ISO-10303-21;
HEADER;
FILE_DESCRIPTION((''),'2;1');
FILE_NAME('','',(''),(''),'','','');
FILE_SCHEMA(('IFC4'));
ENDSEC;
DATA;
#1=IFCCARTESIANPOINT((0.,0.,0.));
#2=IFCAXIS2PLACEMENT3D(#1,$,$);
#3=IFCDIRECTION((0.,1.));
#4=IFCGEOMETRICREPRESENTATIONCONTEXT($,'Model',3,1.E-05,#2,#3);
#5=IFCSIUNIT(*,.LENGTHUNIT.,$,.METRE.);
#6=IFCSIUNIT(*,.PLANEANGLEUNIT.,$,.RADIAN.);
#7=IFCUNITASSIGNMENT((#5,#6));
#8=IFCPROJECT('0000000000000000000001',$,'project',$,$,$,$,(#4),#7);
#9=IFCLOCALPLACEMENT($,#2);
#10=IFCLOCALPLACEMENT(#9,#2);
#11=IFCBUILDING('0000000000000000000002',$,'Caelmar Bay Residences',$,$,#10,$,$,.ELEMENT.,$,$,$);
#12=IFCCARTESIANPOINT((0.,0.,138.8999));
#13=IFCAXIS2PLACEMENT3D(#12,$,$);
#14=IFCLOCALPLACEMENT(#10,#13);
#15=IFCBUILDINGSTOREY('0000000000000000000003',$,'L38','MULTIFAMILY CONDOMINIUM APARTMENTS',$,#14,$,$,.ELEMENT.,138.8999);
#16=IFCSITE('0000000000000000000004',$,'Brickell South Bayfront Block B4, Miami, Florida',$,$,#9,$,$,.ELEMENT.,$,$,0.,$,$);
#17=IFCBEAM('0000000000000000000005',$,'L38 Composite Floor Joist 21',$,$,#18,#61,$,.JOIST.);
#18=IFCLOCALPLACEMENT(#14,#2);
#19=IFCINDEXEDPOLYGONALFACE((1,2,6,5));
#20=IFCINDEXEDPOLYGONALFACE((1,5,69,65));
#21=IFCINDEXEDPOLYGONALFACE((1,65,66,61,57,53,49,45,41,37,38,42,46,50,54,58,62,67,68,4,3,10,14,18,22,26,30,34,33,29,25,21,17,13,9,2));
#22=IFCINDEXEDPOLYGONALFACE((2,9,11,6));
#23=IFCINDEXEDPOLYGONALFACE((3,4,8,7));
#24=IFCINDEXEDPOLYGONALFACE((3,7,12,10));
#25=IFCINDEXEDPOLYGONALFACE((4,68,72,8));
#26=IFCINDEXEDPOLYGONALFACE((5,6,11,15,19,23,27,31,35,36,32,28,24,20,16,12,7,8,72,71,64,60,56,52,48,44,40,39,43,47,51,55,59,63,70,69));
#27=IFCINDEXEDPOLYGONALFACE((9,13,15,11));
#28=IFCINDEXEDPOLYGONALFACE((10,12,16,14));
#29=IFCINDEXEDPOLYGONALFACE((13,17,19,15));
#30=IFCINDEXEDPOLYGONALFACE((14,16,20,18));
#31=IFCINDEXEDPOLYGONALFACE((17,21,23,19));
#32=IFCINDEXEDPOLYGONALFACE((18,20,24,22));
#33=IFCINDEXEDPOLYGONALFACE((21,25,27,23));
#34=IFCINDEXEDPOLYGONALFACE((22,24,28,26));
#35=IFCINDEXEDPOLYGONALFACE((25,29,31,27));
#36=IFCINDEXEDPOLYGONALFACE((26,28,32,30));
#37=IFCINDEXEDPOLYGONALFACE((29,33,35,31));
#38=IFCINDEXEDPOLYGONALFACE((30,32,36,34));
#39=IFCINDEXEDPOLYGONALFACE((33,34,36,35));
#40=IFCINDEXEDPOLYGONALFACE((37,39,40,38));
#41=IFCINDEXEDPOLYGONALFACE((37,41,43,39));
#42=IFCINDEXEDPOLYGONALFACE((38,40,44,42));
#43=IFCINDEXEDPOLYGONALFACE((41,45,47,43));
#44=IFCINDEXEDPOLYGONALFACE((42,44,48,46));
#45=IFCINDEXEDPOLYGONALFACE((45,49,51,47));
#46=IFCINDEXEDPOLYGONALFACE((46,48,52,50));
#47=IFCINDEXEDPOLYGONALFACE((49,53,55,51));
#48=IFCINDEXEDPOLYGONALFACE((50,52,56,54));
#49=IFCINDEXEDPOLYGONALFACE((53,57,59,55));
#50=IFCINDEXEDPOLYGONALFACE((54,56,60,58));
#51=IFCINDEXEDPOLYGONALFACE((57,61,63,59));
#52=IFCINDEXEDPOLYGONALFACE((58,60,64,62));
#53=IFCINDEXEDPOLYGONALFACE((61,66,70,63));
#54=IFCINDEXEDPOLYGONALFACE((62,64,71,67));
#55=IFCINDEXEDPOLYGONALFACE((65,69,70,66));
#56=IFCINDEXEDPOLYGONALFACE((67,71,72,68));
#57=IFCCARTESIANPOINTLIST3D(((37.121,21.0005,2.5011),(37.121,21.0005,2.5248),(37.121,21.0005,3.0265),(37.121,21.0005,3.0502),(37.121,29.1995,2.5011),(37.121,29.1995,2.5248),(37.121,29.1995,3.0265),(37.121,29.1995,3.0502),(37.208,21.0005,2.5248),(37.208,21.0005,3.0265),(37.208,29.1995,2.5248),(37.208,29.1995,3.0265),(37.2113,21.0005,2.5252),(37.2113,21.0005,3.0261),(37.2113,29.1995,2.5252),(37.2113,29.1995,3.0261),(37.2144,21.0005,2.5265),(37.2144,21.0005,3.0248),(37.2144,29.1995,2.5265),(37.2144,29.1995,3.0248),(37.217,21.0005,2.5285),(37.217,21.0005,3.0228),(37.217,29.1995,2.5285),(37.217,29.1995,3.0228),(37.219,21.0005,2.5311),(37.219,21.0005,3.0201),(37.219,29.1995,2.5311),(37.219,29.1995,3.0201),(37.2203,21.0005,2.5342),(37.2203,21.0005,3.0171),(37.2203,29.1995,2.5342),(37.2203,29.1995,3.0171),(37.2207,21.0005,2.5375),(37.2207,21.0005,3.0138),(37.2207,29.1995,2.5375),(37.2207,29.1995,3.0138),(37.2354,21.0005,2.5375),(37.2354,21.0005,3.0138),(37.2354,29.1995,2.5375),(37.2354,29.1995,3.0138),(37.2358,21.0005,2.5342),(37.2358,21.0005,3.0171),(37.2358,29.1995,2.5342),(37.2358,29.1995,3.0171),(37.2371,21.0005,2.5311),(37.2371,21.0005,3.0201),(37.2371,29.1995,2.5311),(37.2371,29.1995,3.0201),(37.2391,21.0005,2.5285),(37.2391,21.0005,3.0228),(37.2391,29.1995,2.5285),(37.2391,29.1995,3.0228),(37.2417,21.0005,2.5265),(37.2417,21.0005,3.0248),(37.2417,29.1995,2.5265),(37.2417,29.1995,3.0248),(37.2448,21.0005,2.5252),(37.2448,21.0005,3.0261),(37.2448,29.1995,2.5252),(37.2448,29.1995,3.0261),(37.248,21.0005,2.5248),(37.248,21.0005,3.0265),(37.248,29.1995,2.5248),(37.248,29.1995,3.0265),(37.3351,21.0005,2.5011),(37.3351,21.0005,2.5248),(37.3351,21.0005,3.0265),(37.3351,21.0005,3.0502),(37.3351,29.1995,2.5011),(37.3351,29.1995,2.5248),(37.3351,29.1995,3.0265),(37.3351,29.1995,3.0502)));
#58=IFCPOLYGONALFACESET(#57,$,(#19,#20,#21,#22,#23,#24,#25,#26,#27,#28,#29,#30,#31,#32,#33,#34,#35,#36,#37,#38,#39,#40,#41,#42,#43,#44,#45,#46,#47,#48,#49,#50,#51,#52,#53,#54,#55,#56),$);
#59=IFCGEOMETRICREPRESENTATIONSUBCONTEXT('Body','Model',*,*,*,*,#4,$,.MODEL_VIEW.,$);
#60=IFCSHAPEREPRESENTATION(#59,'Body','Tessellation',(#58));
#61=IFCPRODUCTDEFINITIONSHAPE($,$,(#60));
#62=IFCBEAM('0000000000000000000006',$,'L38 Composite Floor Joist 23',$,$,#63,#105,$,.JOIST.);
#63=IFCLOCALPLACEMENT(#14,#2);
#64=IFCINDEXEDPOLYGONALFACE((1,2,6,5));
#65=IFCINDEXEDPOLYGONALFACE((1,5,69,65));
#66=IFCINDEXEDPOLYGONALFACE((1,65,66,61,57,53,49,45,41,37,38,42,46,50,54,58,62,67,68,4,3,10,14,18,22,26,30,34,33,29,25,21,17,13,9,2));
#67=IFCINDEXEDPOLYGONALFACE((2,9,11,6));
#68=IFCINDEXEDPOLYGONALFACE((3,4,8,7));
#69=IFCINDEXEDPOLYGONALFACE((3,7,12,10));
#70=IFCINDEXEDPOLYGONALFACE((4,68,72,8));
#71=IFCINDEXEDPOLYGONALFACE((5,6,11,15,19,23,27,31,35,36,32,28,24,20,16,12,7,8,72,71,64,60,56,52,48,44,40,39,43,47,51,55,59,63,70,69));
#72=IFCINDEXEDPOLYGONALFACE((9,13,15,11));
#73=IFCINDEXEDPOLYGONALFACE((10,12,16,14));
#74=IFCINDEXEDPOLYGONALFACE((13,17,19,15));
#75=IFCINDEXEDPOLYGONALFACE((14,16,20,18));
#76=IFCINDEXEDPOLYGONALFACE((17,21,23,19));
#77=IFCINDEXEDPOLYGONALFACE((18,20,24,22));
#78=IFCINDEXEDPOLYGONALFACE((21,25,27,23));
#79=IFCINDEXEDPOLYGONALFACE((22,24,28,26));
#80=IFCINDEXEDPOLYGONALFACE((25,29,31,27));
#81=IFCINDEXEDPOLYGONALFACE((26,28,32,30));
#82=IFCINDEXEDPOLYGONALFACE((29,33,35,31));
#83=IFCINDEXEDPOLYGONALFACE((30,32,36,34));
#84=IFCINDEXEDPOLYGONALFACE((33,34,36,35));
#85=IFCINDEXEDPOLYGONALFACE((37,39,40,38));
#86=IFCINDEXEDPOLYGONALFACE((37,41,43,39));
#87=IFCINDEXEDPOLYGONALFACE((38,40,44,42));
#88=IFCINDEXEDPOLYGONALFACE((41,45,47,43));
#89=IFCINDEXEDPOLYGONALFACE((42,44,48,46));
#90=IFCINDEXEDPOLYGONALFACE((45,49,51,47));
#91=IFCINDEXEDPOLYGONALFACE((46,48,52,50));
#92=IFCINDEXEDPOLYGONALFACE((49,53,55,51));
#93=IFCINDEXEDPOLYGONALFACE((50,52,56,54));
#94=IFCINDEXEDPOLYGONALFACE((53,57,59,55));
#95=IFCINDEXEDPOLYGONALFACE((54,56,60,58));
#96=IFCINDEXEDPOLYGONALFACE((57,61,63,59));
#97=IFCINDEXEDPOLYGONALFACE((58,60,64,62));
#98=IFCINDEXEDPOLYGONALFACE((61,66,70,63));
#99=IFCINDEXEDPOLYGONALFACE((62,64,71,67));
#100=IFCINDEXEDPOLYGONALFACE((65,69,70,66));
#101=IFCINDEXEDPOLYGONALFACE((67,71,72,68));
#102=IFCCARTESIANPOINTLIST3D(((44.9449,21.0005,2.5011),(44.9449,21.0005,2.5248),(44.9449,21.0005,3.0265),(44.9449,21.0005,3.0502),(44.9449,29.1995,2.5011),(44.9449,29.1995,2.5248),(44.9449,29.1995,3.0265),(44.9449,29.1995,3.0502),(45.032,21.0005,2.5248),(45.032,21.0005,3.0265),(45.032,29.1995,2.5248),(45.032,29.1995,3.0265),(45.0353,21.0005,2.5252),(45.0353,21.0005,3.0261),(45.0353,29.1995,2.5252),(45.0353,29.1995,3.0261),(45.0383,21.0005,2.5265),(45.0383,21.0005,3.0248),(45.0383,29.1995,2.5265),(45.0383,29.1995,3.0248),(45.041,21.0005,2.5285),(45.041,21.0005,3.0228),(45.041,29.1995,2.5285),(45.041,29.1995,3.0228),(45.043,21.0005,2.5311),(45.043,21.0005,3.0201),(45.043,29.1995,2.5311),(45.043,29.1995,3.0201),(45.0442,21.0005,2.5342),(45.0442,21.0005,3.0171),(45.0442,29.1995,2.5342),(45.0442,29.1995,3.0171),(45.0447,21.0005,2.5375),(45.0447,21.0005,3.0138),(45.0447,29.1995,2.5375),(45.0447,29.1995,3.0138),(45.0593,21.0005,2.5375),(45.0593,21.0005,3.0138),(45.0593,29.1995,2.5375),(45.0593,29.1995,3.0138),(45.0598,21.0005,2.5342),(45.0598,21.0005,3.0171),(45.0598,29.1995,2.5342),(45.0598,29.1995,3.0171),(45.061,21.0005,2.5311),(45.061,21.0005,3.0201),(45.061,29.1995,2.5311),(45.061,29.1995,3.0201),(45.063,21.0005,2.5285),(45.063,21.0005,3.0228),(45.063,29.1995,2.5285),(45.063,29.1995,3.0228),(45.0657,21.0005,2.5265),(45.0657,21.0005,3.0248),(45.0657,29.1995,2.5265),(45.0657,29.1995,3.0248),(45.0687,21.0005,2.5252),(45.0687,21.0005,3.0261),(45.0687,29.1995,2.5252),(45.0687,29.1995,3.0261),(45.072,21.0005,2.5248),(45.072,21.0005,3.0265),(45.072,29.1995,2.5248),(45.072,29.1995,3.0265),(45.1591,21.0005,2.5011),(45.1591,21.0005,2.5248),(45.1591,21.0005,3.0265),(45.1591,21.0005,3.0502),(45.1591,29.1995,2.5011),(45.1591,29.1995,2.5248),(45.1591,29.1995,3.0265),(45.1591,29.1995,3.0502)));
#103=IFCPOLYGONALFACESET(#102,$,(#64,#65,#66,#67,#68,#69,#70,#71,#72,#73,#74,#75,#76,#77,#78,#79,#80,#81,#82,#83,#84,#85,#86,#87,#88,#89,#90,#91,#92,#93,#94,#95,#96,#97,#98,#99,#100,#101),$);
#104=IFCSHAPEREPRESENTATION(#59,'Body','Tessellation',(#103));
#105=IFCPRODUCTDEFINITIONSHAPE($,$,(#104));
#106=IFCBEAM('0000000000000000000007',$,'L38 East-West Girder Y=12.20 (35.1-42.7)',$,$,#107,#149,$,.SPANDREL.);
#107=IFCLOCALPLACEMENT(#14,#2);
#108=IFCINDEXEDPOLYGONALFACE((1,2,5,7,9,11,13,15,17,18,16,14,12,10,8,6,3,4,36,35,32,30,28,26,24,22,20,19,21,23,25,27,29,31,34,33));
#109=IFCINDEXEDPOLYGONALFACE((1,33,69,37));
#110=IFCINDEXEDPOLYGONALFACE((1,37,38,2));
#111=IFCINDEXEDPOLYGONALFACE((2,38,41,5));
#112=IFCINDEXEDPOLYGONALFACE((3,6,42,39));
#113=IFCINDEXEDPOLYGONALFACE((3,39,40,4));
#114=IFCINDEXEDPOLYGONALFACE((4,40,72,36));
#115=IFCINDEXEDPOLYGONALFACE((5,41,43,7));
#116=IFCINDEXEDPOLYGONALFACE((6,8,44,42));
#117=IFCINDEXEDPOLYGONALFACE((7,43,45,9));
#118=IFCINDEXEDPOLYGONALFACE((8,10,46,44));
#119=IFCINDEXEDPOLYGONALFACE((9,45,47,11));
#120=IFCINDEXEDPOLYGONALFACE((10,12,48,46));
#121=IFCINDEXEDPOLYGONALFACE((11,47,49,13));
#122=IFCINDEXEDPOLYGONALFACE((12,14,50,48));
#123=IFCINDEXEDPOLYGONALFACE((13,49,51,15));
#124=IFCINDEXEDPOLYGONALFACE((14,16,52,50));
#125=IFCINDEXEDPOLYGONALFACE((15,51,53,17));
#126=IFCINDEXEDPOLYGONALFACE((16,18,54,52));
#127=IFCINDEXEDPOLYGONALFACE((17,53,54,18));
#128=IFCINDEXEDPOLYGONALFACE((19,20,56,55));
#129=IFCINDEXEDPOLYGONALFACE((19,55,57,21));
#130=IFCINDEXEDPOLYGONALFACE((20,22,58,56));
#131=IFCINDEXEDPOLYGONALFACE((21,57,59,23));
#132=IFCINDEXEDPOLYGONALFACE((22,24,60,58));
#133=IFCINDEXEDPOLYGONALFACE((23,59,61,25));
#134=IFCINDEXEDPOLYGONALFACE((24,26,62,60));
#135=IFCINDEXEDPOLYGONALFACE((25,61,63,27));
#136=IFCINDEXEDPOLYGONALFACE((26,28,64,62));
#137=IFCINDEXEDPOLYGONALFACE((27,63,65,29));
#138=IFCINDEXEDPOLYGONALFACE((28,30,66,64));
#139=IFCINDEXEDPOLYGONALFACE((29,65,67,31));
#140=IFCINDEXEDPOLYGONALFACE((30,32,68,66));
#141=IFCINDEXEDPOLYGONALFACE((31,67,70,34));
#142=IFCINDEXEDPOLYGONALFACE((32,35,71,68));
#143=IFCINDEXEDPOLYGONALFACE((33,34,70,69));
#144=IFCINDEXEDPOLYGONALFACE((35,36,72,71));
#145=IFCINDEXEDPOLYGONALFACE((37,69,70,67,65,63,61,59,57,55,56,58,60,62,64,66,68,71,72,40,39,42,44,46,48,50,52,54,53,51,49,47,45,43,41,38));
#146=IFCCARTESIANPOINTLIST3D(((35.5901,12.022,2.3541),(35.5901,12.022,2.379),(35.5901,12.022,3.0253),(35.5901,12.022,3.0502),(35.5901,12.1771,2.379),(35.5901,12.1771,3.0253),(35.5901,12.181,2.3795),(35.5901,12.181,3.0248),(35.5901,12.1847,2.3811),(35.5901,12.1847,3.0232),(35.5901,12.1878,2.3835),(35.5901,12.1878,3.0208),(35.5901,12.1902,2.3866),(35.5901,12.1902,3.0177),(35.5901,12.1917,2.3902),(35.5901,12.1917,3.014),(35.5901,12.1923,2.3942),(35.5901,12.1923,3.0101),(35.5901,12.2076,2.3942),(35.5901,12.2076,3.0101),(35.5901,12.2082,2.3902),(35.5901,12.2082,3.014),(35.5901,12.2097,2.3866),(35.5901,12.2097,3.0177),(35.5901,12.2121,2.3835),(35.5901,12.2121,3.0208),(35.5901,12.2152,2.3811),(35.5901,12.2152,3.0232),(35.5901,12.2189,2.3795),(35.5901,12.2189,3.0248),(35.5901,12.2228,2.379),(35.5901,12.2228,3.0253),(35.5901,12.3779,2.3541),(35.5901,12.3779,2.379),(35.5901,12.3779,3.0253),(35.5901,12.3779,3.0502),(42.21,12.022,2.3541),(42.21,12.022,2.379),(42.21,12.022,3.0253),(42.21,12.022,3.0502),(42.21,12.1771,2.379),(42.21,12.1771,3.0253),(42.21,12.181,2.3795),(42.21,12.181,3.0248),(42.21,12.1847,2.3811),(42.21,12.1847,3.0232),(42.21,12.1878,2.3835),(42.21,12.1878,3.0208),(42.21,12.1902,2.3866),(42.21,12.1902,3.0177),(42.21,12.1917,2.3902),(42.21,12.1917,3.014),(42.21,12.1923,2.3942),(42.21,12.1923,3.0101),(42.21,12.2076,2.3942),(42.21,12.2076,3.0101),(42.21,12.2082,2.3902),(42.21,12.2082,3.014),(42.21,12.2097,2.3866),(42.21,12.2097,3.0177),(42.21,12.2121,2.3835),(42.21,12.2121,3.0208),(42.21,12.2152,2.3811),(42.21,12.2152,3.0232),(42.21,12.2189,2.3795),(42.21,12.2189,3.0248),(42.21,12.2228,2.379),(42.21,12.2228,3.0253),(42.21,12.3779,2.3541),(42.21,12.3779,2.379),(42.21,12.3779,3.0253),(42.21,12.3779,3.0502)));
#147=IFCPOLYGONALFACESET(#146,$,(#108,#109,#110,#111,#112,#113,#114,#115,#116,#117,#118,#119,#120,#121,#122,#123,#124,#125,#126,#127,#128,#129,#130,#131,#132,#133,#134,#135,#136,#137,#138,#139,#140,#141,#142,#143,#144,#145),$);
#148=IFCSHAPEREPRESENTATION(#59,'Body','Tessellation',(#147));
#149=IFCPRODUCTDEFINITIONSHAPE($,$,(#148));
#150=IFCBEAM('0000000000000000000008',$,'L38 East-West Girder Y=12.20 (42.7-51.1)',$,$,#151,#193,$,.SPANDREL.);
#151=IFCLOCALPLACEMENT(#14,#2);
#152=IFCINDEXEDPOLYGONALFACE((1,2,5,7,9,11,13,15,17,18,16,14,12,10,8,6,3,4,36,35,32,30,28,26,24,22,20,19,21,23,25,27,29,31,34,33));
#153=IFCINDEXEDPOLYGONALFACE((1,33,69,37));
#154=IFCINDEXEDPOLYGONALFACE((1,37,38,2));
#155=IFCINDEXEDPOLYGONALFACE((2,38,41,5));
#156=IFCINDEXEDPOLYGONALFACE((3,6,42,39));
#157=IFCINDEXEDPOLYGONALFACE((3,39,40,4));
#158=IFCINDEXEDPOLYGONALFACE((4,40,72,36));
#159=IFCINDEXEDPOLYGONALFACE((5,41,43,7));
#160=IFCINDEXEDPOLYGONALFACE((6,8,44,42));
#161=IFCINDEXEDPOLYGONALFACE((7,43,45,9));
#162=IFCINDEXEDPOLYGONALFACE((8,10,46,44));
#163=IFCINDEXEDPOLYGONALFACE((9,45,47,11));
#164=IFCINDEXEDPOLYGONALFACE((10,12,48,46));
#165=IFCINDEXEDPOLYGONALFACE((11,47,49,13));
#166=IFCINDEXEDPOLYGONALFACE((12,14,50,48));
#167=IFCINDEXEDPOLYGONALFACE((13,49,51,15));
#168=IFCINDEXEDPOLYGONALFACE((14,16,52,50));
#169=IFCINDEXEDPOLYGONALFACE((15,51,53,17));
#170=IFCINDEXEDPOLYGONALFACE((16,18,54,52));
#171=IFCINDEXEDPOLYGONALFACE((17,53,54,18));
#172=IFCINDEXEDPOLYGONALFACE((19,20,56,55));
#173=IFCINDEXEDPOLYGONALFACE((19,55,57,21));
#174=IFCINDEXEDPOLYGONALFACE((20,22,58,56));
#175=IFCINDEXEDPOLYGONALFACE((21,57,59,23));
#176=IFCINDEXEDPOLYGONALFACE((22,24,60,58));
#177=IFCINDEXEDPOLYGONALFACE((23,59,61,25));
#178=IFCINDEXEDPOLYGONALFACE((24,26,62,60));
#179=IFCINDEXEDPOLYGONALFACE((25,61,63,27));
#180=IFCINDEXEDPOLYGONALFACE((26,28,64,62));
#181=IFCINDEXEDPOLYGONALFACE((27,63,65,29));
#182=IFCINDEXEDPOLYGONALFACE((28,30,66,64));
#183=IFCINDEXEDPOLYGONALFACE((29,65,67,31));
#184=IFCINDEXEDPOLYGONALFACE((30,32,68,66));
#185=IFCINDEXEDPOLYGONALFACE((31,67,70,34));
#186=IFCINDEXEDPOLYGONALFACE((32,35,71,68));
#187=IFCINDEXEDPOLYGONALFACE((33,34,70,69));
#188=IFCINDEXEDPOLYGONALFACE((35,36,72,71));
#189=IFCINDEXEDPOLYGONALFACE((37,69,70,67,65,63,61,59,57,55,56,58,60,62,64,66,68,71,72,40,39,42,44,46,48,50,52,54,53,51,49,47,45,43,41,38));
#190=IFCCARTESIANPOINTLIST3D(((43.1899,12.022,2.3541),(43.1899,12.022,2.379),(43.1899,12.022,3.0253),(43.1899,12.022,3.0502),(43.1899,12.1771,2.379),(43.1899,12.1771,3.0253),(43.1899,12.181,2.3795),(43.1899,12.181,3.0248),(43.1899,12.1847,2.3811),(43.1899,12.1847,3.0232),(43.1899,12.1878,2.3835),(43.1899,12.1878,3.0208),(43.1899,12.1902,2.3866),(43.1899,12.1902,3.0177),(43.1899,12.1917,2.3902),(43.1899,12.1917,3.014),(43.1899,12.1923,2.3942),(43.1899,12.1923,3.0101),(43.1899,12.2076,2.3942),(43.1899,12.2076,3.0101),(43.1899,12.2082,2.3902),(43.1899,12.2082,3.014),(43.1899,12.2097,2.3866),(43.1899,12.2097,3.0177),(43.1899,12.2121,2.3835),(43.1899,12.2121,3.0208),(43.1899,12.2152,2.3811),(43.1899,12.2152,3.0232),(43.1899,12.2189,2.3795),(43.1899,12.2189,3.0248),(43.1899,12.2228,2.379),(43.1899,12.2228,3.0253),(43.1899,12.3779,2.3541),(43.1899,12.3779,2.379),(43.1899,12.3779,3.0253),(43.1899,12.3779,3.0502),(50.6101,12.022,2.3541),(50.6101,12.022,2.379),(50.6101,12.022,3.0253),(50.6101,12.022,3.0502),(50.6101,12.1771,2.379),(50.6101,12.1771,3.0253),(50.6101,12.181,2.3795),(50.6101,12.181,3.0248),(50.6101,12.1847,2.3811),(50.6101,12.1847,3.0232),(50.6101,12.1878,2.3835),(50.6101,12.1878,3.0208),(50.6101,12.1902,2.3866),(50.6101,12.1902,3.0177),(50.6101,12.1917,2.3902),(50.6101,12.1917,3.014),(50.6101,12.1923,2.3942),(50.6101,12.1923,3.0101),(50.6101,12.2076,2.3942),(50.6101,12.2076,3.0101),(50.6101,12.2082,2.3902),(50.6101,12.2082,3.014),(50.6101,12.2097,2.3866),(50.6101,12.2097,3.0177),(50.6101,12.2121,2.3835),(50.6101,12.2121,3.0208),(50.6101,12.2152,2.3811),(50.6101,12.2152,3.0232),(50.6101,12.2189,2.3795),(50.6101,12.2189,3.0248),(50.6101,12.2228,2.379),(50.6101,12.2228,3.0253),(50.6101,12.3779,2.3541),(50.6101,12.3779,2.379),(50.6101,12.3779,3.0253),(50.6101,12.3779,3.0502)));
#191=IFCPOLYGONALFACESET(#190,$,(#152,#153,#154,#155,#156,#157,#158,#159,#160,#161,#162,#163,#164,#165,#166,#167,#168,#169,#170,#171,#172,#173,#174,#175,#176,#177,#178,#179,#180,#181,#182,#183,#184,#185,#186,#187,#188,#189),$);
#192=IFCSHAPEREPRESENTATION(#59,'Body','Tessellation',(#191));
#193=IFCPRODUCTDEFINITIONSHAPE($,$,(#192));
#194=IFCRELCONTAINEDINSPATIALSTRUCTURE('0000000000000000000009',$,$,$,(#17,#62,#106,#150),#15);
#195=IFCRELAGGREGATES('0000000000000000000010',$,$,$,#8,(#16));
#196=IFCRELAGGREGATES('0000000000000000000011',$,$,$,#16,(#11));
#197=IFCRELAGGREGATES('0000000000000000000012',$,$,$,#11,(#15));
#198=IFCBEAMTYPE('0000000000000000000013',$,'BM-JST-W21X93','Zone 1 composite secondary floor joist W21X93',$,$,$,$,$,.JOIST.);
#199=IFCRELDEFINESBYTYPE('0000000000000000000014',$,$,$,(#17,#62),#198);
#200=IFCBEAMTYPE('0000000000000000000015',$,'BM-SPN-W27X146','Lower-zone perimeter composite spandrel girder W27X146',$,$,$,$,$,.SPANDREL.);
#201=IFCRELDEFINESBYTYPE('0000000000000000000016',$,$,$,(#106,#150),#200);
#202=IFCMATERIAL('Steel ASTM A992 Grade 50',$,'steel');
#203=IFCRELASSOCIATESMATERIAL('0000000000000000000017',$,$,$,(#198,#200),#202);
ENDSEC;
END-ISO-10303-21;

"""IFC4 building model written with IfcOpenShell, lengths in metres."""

from ifc_helpers import new_model, si_unit, direction, frame, origin, origin_2d, place, context, subcontext, project, spatial, i_section, extrude, material, material_profile, profile_set, type_object, element, save


model = new_model("IFC4")

# Units and contexts
model_context = context("Model", 3, precision=1e-05, world=origin(), true_north=direction((0.0, 1.0)))
body_context = subcontext(model_context, "Body", "Model", "MODEL_VIEW")
ifc_project = project(units=[si_unit("LENGTHUNIT", "METRE"), si_unit("PLANEANGLEUNIT", "RADIAN")], contexts=[model_context])

# Site, building, storey
site_placement = place(None, origin())
site = spatial("IfcSite", under=ifc_project, at=site_placement, Name="Brickell South Bayfront Block B4, Miami, Florida", CompositionType="ELEMENT", RefElevation=0.0)
building_placement = place(site_placement, origin())
building = spatial("IfcBuilding", under=site, at=building_placement, Name="Caelmar Bay Residences", CompositionType="ELEMENT")
storey_placement = place(building_placement, frame((0.0, 0.0, 138.8999)))
storey = spatial("IfcBuildingStorey", under=building, at=storey_placement, Name="L38", Description="MULTIFAMILY CONDOMINIUM APARTMENTS", CompositionType="ELEMENT", Elevation=138.8999)

# Beams
ifc_material_1 = material(Name="Steel ASTM A992 Grade 50", Category="steel")
ifc_material_profile_1 = material_profile(ifc_material_1, i_section(OverallWidth=0.2141, OverallDepth=0.5491, WebThickness=0.0146, FlangeThickness=0.0237, FilletRadius=0.0127, at=origin_2d()), Name="W21X93")
ifc_profile_set_1 = profile_set([ifc_material_profile_1], Name="Steel ASTM A992 Grade 50")
beam_type_1 = type_object("IfcBeamType", Name="BM-JST-W21X93", Description="Zone 1 composite secondary floor joist W21X93", PredefinedType="JOIST", material=ifc_profile_set_1)
for number, where, z_axis, x_axis, name in (
    (1, (37.228, 21.0005, 2.7756), (0.0, 1.0, 0.0), (-1.0, 0.0, 0.0), "L38 Composite Floor Joist 21"),
    (2, (45.052, 21.0005, 2.7756), (0.0, 1.0, 0.0), (-1.0, 0.0, 0.0), "L38 Composite Floor Joist 23"),
):
    element("IfcBeam", number, at=place(storey_placement, frame(where, z_axis=z_axis, x_axis=x_axis)), inside=storey, type_object=beam_type_1, Name=name, PredefinedType="JOIST", context=body_context, shape_type="SweptSolid", body=[
        extrude(i_section(OverallWidth=0.2141, OverallDepth=0.5491, WebThickness=0.0146, FlangeThickness=0.0237, FilletRadius=0.0127, at=origin_2d()), origin(), (0.0, 0.0, 1.0), 8.199),
    ])
ifc_material_profile_2 = material_profile(ifc_material_1, i_section(OverallWidth=0.356, OverallDepth=0.696, WebThickness=0.0154, FlangeThickness=0.0249, FilletRadius=0.0151, at=origin_2d()), Name="W27X146")
ifc_profile_set_2 = profile_set([ifc_material_profile_2], Name="Steel ASTM A992 Grade 50")
beam_type_2 = type_object("IfcBeamType", Name="BM-SPN-W27X146", Description="Lower-zone perimeter composite spandrel girder W27X146", PredefinedType="SPANDREL", material=ifc_profile_set_2)
beam_1_placement = place(storey_placement, frame((35.5901, 12.2, 2.7021), z_axis=(1.0, 0.0, 0.0), x_axis=(0.0, 1.0, 0.0)))
element("IfcBeam", 3, at=beam_1_placement, inside=storey, type_object=beam_type_2, Name="L38 East-West Girder Y=12.20 (35.1-42.7)", PredefinedType="SPANDREL", context=body_context, shape_type="SweptSolid", body=[
    extrude(i_section(OverallWidth=0.356, OverallDepth=0.696, WebThickness=0.0154, FlangeThickness=0.0249, FilletRadius=0.0151, at=origin_2d()), origin(), (0.0, 0.0, 1.0), 6.6199),
])
beam_2_placement = place(storey_placement, frame((43.1899, 12.2, 2.7021), z_axis=(1.0, 0.0, 0.0), x_axis=(0.0, 1.0, 0.0)))
element("IfcBeam", 4, at=beam_2_placement, inside=storey, type_object=beam_type_2, Name="L38 East-West Girder Y=12.20 (42.7-51.1)", PredefinedType="SPANDREL", context=body_context, shape_type="SweptSolid", body=[
    extrude(i_section(OverallWidth=0.356, OverallDepth=0.696, WebThickness=0.0154, FlangeThickness=0.0249, FilletRadius=0.0151, at=origin_2d()), origin(), (0.0, 0.0, 1.0), 7.4202),
])

save(model, "model.ifc")
